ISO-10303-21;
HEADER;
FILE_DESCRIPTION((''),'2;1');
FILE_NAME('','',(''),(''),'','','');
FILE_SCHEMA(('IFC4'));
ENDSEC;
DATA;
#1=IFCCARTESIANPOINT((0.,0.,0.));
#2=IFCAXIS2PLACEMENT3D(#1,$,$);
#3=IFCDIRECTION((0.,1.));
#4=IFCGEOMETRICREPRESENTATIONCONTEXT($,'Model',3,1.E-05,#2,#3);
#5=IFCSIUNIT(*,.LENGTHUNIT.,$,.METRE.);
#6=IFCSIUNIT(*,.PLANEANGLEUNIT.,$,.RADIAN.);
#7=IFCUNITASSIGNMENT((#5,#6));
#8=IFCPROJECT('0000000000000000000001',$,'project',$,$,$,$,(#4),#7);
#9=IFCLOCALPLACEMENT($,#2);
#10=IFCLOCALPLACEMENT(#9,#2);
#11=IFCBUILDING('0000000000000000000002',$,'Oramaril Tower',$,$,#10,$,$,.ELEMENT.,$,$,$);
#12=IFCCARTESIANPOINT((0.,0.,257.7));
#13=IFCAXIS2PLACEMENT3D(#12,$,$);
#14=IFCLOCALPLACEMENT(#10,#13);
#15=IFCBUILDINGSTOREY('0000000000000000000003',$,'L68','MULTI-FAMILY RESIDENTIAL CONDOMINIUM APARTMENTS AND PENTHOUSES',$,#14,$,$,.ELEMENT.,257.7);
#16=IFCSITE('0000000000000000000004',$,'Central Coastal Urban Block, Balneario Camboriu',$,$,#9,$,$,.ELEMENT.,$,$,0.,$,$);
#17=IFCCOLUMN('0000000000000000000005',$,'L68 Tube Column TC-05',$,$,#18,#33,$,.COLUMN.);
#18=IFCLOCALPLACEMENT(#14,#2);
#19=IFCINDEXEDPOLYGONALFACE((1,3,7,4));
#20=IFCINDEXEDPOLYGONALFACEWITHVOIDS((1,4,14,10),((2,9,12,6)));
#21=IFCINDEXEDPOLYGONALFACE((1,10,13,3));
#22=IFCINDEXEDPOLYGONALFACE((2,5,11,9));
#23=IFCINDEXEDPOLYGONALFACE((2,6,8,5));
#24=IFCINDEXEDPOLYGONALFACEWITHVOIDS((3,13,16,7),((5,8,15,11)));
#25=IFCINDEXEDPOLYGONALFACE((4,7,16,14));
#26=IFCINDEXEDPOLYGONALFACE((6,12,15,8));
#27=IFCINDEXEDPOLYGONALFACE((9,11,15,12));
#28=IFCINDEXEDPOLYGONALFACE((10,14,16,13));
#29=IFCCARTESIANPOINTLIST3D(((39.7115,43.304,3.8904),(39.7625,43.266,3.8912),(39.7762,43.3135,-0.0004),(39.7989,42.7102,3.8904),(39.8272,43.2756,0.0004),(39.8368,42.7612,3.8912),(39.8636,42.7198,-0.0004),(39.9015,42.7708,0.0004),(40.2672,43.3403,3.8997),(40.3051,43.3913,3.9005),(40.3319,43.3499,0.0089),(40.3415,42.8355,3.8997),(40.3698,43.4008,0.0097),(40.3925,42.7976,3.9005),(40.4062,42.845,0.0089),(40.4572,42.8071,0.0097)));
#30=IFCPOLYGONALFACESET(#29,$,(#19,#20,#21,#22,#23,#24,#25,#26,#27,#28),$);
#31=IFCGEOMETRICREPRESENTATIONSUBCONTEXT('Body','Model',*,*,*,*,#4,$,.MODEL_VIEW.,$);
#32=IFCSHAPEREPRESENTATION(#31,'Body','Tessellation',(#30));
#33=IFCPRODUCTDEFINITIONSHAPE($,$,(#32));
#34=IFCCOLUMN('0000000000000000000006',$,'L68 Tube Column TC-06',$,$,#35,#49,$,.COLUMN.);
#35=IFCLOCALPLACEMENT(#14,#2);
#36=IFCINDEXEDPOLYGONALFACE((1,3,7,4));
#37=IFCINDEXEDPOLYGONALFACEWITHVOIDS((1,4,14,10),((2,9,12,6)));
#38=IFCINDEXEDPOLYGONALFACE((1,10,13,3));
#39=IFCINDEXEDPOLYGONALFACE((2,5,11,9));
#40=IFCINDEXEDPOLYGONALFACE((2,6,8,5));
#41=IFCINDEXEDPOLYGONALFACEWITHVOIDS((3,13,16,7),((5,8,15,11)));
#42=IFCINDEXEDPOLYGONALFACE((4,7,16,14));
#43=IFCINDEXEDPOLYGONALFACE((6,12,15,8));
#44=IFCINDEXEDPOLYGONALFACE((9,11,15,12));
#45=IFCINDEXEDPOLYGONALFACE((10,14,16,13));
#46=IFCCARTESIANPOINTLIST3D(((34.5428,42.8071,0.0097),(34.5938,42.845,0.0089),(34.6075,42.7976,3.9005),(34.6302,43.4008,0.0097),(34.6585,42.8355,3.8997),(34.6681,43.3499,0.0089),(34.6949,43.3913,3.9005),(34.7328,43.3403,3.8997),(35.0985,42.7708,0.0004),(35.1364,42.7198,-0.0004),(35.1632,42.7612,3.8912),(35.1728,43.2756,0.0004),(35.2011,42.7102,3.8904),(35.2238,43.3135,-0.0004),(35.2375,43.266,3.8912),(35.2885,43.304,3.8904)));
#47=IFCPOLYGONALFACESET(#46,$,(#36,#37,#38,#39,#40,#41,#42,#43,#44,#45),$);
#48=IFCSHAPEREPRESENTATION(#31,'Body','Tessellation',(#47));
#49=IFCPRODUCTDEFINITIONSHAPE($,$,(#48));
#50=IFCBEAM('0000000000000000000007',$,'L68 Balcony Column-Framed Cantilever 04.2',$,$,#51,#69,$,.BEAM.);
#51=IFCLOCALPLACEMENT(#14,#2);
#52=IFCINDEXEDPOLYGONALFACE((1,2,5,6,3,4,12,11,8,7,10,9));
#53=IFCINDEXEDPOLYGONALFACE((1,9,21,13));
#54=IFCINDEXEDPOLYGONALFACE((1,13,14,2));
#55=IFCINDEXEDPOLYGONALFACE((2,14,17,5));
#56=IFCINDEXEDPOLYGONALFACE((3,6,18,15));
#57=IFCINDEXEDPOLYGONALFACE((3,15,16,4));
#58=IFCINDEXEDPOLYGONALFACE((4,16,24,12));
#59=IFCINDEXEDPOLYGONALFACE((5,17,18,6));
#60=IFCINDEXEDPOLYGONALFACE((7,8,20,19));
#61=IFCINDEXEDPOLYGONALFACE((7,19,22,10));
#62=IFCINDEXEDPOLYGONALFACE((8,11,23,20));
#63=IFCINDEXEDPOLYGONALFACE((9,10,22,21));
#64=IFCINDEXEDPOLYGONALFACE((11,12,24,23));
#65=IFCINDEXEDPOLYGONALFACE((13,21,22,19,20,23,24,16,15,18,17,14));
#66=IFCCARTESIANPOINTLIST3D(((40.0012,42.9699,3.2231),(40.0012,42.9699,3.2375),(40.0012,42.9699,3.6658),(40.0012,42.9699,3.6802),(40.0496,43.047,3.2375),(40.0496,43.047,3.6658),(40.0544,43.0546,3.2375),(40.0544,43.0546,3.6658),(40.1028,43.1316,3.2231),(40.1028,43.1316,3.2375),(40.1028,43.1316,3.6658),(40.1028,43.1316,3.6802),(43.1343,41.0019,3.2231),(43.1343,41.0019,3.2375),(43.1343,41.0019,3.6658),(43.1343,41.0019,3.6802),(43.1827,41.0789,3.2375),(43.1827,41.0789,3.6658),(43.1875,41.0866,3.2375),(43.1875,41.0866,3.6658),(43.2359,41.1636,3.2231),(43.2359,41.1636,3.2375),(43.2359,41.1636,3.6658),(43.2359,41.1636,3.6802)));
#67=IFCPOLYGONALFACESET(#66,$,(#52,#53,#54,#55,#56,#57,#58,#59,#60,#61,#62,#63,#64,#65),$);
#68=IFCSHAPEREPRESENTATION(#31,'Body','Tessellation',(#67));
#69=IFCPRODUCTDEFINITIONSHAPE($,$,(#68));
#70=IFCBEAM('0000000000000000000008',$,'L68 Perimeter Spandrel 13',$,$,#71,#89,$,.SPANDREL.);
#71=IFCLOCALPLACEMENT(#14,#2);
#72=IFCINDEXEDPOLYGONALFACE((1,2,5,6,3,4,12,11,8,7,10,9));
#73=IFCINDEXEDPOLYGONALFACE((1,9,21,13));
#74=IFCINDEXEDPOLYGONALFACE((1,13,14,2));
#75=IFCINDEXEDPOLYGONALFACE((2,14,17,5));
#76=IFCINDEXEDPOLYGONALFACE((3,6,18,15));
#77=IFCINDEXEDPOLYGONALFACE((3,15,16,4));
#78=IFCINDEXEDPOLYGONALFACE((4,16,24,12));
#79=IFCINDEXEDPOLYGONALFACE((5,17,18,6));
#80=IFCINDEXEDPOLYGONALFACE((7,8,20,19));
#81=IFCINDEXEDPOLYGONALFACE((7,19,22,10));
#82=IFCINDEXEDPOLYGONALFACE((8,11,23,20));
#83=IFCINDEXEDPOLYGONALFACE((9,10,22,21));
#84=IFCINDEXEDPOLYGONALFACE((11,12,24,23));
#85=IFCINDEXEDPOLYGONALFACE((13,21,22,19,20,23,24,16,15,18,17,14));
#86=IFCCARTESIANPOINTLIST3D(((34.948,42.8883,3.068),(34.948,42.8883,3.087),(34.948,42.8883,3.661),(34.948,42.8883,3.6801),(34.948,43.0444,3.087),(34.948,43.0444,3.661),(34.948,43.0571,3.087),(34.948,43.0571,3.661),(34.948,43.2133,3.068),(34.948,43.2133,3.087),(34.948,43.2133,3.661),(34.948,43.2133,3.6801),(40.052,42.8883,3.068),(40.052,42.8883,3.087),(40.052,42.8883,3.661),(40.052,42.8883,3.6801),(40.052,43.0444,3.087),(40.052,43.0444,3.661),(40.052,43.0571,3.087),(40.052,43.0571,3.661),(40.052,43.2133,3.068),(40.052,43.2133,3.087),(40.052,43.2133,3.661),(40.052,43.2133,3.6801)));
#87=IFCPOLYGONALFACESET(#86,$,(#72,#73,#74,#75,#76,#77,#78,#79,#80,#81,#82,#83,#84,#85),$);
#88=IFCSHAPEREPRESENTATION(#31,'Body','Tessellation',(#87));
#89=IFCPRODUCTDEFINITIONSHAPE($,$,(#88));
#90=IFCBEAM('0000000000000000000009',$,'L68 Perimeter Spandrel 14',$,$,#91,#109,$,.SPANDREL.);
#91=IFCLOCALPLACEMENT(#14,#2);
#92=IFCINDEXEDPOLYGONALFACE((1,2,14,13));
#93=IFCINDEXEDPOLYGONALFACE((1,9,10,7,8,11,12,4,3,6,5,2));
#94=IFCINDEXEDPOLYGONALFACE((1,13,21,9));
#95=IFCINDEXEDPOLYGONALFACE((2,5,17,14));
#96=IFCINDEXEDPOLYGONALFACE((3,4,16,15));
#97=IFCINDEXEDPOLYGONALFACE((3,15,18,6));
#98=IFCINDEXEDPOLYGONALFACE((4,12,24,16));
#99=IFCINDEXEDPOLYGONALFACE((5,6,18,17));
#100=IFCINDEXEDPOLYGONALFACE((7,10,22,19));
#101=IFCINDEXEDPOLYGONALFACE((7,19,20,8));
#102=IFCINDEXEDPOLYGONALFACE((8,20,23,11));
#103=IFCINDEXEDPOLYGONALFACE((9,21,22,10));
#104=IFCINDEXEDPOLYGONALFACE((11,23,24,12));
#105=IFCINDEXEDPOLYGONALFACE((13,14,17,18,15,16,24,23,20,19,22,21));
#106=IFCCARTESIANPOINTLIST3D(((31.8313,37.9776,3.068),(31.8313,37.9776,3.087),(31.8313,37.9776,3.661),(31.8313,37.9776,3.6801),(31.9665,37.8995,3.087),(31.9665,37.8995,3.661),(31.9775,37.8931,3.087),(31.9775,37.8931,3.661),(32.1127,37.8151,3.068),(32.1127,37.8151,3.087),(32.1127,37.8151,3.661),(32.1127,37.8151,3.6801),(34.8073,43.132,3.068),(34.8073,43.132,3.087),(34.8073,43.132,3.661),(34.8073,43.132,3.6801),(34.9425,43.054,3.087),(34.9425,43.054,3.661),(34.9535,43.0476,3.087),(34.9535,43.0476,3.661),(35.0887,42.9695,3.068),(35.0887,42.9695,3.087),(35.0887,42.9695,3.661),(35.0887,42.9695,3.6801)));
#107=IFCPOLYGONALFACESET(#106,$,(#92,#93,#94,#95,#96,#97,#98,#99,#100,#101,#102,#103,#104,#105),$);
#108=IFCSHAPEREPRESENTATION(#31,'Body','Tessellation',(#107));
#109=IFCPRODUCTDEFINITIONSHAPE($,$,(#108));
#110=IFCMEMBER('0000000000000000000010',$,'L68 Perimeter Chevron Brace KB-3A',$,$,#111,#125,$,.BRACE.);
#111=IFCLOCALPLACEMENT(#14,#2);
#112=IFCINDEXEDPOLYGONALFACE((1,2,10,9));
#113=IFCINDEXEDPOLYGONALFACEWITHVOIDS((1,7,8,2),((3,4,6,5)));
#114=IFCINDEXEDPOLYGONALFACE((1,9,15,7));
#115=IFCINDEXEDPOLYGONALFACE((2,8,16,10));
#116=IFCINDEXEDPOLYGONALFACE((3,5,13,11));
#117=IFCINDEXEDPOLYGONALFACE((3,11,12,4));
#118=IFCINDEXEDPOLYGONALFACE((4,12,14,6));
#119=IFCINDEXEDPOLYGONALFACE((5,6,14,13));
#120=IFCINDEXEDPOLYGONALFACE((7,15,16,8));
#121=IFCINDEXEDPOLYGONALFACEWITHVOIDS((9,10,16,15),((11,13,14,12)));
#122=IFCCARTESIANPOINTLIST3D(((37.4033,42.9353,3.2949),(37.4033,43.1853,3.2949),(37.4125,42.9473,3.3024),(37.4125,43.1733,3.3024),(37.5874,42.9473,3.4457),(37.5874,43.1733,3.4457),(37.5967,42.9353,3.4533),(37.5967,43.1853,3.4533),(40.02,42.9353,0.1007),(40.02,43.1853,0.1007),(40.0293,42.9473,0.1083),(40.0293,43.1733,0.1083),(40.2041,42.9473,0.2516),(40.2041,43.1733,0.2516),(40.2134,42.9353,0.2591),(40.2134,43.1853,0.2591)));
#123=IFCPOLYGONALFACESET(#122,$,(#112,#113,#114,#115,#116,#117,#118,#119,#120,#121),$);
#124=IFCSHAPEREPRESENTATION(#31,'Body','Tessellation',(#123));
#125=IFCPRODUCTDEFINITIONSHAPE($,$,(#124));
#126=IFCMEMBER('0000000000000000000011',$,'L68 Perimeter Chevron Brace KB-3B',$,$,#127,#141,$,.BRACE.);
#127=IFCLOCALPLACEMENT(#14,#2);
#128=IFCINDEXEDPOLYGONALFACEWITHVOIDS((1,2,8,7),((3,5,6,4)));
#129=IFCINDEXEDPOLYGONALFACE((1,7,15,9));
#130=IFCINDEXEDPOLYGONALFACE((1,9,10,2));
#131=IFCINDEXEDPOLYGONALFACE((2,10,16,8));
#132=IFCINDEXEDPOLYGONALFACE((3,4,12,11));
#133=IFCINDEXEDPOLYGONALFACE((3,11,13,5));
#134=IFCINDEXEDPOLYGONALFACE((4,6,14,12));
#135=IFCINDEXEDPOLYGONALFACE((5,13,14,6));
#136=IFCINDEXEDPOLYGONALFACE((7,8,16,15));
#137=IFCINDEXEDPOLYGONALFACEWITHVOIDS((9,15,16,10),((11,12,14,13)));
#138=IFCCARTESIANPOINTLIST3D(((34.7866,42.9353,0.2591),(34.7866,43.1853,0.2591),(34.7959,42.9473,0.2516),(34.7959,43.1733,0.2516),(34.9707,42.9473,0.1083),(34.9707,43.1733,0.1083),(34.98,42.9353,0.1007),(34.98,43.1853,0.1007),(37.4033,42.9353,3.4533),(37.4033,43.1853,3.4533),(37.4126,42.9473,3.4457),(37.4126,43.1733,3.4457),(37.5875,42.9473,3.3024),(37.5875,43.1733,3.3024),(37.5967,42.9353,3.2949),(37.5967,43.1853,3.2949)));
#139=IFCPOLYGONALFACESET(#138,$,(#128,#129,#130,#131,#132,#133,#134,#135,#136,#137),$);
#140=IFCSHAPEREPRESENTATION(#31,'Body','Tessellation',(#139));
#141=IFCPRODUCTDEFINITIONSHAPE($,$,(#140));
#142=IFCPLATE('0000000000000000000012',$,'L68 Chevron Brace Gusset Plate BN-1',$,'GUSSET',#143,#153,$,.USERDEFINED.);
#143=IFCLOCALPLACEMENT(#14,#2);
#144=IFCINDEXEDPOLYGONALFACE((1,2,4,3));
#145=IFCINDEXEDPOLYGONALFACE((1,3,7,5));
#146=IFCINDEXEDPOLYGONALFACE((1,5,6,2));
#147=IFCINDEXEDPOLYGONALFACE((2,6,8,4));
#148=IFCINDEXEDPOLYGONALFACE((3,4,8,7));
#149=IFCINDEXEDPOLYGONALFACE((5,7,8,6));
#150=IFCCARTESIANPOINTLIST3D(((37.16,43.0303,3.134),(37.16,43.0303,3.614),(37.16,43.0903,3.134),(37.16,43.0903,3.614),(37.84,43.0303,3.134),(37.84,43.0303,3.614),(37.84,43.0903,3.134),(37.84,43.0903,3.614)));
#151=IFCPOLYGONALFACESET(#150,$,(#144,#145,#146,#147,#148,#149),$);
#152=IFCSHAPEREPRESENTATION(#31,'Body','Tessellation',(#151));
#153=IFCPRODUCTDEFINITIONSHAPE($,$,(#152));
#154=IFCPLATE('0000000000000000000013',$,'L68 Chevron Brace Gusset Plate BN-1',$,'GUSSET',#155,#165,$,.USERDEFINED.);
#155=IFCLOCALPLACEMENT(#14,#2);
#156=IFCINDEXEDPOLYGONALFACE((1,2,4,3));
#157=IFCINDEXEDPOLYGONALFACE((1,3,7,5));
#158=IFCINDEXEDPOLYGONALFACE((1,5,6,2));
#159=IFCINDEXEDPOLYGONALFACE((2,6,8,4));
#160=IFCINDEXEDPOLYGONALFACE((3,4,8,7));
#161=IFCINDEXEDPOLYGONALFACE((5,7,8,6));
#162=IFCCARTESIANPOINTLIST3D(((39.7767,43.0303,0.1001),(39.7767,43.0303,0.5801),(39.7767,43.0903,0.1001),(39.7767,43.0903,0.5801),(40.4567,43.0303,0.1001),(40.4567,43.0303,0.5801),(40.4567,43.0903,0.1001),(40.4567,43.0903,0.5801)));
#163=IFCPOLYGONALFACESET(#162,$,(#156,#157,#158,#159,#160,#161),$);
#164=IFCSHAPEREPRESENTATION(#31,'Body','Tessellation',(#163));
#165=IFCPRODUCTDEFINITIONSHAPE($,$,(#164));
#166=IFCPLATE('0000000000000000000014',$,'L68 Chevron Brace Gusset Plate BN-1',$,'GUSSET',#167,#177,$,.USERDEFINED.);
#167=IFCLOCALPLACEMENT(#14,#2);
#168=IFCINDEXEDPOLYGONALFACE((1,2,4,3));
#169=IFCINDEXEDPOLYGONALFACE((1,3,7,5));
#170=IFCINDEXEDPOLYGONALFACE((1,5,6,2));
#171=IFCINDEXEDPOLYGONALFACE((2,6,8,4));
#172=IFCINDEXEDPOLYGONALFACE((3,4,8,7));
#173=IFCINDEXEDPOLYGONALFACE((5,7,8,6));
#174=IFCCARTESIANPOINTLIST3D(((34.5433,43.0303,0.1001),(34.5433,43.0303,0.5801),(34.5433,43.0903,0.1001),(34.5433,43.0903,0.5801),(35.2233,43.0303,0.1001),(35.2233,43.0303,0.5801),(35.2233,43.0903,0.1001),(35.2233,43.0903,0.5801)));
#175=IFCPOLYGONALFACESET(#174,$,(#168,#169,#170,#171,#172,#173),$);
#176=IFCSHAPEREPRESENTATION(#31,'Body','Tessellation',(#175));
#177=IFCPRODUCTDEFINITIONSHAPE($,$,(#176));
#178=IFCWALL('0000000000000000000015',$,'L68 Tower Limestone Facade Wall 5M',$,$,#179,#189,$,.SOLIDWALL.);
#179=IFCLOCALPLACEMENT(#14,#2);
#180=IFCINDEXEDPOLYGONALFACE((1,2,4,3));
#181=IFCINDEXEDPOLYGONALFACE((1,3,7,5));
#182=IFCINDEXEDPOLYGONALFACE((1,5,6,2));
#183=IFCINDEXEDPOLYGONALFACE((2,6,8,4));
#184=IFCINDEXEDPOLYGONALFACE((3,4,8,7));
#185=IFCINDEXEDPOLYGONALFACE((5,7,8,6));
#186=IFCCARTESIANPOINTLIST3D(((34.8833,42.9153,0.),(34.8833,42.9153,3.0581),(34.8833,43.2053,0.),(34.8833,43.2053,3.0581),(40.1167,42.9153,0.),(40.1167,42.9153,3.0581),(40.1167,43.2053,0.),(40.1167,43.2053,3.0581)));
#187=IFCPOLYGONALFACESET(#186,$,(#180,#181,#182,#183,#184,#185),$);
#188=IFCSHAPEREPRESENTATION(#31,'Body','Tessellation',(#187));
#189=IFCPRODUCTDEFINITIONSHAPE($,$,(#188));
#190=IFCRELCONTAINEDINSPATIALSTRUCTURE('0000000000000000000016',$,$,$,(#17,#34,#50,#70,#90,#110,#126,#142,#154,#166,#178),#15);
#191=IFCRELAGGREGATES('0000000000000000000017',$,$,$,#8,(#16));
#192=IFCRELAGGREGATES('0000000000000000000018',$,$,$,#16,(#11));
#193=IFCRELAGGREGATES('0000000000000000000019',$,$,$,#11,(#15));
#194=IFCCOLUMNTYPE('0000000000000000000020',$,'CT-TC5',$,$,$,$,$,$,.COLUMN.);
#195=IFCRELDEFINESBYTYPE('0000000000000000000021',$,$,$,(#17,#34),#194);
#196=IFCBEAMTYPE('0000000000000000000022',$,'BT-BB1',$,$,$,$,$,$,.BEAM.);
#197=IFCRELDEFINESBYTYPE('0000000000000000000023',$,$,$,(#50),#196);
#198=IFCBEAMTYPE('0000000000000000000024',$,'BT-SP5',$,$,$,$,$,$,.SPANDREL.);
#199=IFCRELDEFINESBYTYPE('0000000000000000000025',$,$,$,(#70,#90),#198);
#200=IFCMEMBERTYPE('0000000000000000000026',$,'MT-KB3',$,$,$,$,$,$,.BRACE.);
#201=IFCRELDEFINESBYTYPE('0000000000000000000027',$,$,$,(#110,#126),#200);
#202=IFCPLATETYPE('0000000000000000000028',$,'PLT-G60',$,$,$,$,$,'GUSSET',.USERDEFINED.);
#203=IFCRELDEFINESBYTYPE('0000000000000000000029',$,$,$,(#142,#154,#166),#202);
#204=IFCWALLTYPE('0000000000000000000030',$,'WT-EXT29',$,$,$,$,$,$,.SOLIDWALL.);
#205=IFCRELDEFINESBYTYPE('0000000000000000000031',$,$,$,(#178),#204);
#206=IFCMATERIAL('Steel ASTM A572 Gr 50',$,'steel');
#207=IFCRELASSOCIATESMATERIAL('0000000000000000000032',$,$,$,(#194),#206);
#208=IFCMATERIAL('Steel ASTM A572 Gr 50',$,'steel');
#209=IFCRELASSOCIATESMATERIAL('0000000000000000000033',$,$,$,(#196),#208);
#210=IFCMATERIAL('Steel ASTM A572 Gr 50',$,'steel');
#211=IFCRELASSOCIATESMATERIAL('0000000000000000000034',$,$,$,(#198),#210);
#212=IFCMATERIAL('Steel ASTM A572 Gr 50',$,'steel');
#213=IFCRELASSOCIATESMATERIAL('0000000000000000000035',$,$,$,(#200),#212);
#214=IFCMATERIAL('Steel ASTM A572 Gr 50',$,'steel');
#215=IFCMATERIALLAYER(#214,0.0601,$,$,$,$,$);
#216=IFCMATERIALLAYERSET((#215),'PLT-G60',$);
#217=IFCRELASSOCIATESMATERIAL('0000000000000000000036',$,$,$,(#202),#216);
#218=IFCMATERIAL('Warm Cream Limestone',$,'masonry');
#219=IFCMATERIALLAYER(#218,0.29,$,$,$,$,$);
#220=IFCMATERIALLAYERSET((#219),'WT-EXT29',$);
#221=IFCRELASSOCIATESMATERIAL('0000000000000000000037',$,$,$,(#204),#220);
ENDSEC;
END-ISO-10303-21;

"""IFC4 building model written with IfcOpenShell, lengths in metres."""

from ifc_helpers import new_model, si_unit, direction, frame, frame_2d, origin, origin_2d, place, context, subcontext, project, spatial, rectangle, hollow_rectangle, i_section, extrude, material, layer, layer_set, material_profile, profile_set, type_object, element, save


model = new_model("IFC4")

# Units and contexts
model_context = context("Model", 3, precision=1e-05, world=origin(), true_north=direction((0.0, 1.0)))
body_context = subcontext(model_context, "Body", "Model", "MODEL_VIEW")
ifc_project = project(units=[si_unit("LENGTHUNIT", "METRE"), si_unit("PLANEANGLEUNIT", "RADIAN")], contexts=[model_context])

# Site, building, storey
site_placement = place(None, origin())
site = spatial("IfcSite", under=ifc_project, at=site_placement, Name="Central Coastal Urban Block, Balneario Camboriu", CompositionType="ELEMENT", RefElevation=0.0)
building_placement = place(site_placement, origin())
building = spatial("IfcBuilding", under=site, at=building_placement, Name="Oramaril Tower", CompositionType="ELEMENT")
storey_placement = place(building_placement, frame((0.0, 0.0, 257.7)))
storey = spatial("IfcBuildingStorey", under=building, at=storey_placement, Name="L68", Description="MULTI-FAMILY RESIDENTIAL CONDOMINIUM APARTMENTS AND PENTHOUSES", CompositionType="ELEMENT", Elevation=257.7)

# Columns
ifc_material_1 = material(Name="Steel ASTM A572 Gr 50", Category="steel")
ifc_material_profile_1 = material_profile(ifc_material_1, hollow_rectangle(XDim=0.6001, YDim=0.6001, WallThickness=0.0449, at=origin_2d()), Name="BOX600X600X45")
ifc_profile_set_1 = profile_set([ifc_material_profile_1], Name="Steel ASTM A572 Gr 50")
column_type = type_object("IfcColumnType", Name="CT-TC5", PredefinedType="COLUMN", material=ifc_profile_set_1)
for number, where, z_axis, x_axis, name in (
    (1, (40.1167, 43.0603, 0.0046), (-0.016626, -0.002447, 0.999859), (0.145601, -0.989343, 0.0), "L68 Tube Column TC-05"),
    (2, (34.8833, 43.0603, 0.0046), (0.016626, -0.002447, 0.999859), (0.145601, 0.989343, 0.0), "L68 Tube Column TC-06"),
):
    element("IfcColumn", number, at=place(storey_placement, frame(where, z_axis=z_axis, x_axis=x_axis)), inside=storey, type_object=column_type, Name=name, PredefinedType="COLUMN", context=body_context, shape_type="SweptSolid", body=[
        extrude(hollow_rectangle(XDim=0.6001, YDim=0.6001, WallThickness=0.0449, at=origin_2d()), origin(), (0.0, 0.0, 1.0), 3.8914),
    ])

# Beams
ifc_material_2 = material(Name="Steel ASTM A572 Gr 50", Category="steel")
ifc_material_profile_2 = material_profile(ifc_material_2, i_section(OverallWidth=0.1909, OverallDepth=0.457, WebThickness=0.009, FlangeThickness=0.0144, at=origin_2d()), Name="W18X50")
ifc_profile_set_2 = profile_set([ifc_material_profile_2], Name="Steel ASTM A572 Gr 50")
beam_type_1 = type_object("IfcBeamType", Name="BT-BB1", PredefinedType="BEAM", material=ifc_profile_set_2)
beam_1_placement = place(storey_placement, frame((40.052, 43.0508, 3.4517), z_axis=(0.846799, -0.531913, 0.0), x_axis=(0.531913, 0.846799, 0.0)))
element("IfcBeam", 3, at=beam_1_placement, inside=storey, type_object=beam_type_1, Name="L68 Balcony Column-Framed Cantilever 04.2", PredefinedType="BEAM", context=body_context, shape_type="SweptSolid", body=[
    extrude(i_section(OverallWidth=0.1909, OverallDepth=0.457, WebThickness=0.009, FlangeThickness=0.0144, at=origin_2d()), origin(), (0.0, 0.0, 1.0), 3.7),
])
ifc_material_3 = material(Name="Steel ASTM A572 Gr 50", Category="steel")
ifc_material_profile_3 = material_profile(ifc_material_3, i_section(OverallWidth=0.325, OverallDepth=0.6121, WebThickness=0.0127, FlangeThickness=0.019, at=origin_2d()), Name="W24X104")
ifc_profile_set_3 = profile_set([ifc_material_profile_3], Name="Steel ASTM A572 Gr 50")
beam_type_2 = type_object("IfcBeamType", Name="BT-SP5", PredefinedType="SPANDREL", material=ifc_profile_set_3)
beam_2_placement = place(storey_placement, frame((40.052, 43.0508, 3.374), z_axis=(-1.0, 0.0, 0.0), x_axis=(0.0, -1.0, 0.0)))
element("IfcBeam", 4, at=beam_2_placement, inside=storey, type_object=beam_type_2, Name="L68 Perimeter Spandrel 13", PredefinedType="SPANDREL", context=body_context, shape_type="SweptSolid", body=[
    extrude(i_section(OverallWidth=0.325, OverallDepth=0.6121, WebThickness=0.0127, FlangeThickness=0.019, at=origin_2d()), origin(), (0.0, 0.0, 1.0), 5.104),
])
beam_3_placement = place(storey_placement, frame((34.948, 43.0508, 3.374), z_axis=(-0.500012, -0.866018, 0.0), x_axis=(0.866018, -0.500012, 0.0)))
element("IfcBeam", 5, at=beam_3_placement, inside=storey, type_object=beam_type_2, Name="L68 Perimeter Spandrel 14", PredefinedType="SPANDREL", context=body_context, shape_type="SweptSolid", body=[
    extrude(i_section(OverallWidth=0.325, OverallDepth=0.6121, WebThickness=0.0127, FlangeThickness=0.019, at=origin_2d()), origin(), (0.0, 0.0, 1.0), 5.9519),
])

# Members
ifc_material_4 = material(Name="Steel ASTM A572 Gr 50", Category="steel")
ifc_material_profile_4 = material_profile(ifc_material_4, hollow_rectangle(XDim=0.25, YDim=0.25, WallThickness=0.012, at=origin_2d()), Name="HSS250X250X12")
ifc_profile_set_4 = profile_set([ifc_material_profile_4], Name="Steel ASTM A572 Gr 50")
member_type = type_object("IfcMemberType", Name="MT-KB3", PredefinedType="BRACE", material=ifc_profile_set_4)
for number, where, z_axis, x_axis, name in (
    (6, (40.1167, 43.0603, 0.1799), (-0.633724, 0.0, 0.773559), (0.0, -1.0, 0.0), "L68 Perimeter Chevron Brace KB-3A"),
    (7, (34.8833, 43.0603, 0.1799), (0.633724, 0.0, 0.773559), (0.0, 1.0, 0.0), "L68 Perimeter Chevron Brace KB-3B"),
):
    element("IfcMember", number, at=place(storey_placement, frame(where, z_axis=z_axis, x_axis=x_axis)), inside=storey, type_object=member_type, Name=name, PredefinedType="BRACE", context=body_context, shape_type="SweptSolid", body=[
        extrude(hollow_rectangle(XDim=0.25, YDim=0.25, WallThickness=0.012, at=origin_2d()), origin(), (0.0, 0.0, 1.0), 4.1292),
    ])

# Plates
ifc_material_5 = material(Name="Steel ASTM A572 Gr 50", Category="steel")
ifc_layer_1 = layer(ifc_material_5, 0.0601)
ifc_layer_set_1 = layer_set([ifc_layer_1], Name="PLT-G60")
plate_type = type_object("IfcPlateType", Name="PLT-G60", ElementType="GUSSET", PredefinedType="USERDEFINED", material=ifc_layer_set_1)
for number, where, z_axis, x_axis, name in (
    (8, (37.5, 43.0603, 3.134), (0.0, 0.0, 1.0), (-1.0, 0.0, 0.0), "L68 Chevron Brace Gusset Plate BN-1"),
    (9, (40.1167, 43.0603, 0.1001), (0.0, 0.0, 1.0), (-1.0, 0.0, 0.0), "L68 Chevron Brace Gusset Plate BN-1"),
    (10, (34.8833, 43.0603, 0.1001), (0.0, 0.0, 1.0), (-1.0, 0.0, 0.0), "L68 Chevron Brace Gusset Plate BN-1"),
):
    element("IfcPlate", number, at=place(storey_placement, frame(where, z_axis=z_axis, x_axis=x_axis)), inside=storey, type_object=plate_type, Name=name, ObjectType="GUSSET", PredefinedType="USERDEFINED", context=body_context, shape_type="SweptSolid", body=[
        extrude(rectangle(XDim=0.6799, YDim=0.0601, at=origin_2d()), origin(), (0.0, 0.0, 1.0), 0.48),
    ])

# Wall
ifc_material_6 = material(Name="Warm Cream Limestone", Category="masonry")
ifc_layer_2 = layer(ifc_material_6, 0.29)
ifc_layer_set_2 = layer_set([ifc_layer_2], Name="WT-EXT29")
wall_type = type_object("IfcWallType", Name="WT-EXT29", PredefinedType="SOLIDWALL", material=ifc_layer_set_2)
wall_1_placement = place(storey_placement, frame((40.1167, 43.0603, 0.0), z_axis=(0.0, 0.0, 1.0), x_axis=(-1.0, 0.0, 0.0)))
element("IfcWall", 11, at=wall_1_placement, inside=storey, type_object=wall_type, Name="L68 Tower Limestone Facade Wall 5M", PredefinedType="SOLIDWALL", context=body_context, shape_type="SweptSolid", body=[
    extrude(rectangle(XDim=5.2334, YDim=0.29, at=frame_2d((2.6167, 0.0))), origin(), (0.0, 0.0, 1.0), 3.0581),
])

save(model, "model.ifc")
